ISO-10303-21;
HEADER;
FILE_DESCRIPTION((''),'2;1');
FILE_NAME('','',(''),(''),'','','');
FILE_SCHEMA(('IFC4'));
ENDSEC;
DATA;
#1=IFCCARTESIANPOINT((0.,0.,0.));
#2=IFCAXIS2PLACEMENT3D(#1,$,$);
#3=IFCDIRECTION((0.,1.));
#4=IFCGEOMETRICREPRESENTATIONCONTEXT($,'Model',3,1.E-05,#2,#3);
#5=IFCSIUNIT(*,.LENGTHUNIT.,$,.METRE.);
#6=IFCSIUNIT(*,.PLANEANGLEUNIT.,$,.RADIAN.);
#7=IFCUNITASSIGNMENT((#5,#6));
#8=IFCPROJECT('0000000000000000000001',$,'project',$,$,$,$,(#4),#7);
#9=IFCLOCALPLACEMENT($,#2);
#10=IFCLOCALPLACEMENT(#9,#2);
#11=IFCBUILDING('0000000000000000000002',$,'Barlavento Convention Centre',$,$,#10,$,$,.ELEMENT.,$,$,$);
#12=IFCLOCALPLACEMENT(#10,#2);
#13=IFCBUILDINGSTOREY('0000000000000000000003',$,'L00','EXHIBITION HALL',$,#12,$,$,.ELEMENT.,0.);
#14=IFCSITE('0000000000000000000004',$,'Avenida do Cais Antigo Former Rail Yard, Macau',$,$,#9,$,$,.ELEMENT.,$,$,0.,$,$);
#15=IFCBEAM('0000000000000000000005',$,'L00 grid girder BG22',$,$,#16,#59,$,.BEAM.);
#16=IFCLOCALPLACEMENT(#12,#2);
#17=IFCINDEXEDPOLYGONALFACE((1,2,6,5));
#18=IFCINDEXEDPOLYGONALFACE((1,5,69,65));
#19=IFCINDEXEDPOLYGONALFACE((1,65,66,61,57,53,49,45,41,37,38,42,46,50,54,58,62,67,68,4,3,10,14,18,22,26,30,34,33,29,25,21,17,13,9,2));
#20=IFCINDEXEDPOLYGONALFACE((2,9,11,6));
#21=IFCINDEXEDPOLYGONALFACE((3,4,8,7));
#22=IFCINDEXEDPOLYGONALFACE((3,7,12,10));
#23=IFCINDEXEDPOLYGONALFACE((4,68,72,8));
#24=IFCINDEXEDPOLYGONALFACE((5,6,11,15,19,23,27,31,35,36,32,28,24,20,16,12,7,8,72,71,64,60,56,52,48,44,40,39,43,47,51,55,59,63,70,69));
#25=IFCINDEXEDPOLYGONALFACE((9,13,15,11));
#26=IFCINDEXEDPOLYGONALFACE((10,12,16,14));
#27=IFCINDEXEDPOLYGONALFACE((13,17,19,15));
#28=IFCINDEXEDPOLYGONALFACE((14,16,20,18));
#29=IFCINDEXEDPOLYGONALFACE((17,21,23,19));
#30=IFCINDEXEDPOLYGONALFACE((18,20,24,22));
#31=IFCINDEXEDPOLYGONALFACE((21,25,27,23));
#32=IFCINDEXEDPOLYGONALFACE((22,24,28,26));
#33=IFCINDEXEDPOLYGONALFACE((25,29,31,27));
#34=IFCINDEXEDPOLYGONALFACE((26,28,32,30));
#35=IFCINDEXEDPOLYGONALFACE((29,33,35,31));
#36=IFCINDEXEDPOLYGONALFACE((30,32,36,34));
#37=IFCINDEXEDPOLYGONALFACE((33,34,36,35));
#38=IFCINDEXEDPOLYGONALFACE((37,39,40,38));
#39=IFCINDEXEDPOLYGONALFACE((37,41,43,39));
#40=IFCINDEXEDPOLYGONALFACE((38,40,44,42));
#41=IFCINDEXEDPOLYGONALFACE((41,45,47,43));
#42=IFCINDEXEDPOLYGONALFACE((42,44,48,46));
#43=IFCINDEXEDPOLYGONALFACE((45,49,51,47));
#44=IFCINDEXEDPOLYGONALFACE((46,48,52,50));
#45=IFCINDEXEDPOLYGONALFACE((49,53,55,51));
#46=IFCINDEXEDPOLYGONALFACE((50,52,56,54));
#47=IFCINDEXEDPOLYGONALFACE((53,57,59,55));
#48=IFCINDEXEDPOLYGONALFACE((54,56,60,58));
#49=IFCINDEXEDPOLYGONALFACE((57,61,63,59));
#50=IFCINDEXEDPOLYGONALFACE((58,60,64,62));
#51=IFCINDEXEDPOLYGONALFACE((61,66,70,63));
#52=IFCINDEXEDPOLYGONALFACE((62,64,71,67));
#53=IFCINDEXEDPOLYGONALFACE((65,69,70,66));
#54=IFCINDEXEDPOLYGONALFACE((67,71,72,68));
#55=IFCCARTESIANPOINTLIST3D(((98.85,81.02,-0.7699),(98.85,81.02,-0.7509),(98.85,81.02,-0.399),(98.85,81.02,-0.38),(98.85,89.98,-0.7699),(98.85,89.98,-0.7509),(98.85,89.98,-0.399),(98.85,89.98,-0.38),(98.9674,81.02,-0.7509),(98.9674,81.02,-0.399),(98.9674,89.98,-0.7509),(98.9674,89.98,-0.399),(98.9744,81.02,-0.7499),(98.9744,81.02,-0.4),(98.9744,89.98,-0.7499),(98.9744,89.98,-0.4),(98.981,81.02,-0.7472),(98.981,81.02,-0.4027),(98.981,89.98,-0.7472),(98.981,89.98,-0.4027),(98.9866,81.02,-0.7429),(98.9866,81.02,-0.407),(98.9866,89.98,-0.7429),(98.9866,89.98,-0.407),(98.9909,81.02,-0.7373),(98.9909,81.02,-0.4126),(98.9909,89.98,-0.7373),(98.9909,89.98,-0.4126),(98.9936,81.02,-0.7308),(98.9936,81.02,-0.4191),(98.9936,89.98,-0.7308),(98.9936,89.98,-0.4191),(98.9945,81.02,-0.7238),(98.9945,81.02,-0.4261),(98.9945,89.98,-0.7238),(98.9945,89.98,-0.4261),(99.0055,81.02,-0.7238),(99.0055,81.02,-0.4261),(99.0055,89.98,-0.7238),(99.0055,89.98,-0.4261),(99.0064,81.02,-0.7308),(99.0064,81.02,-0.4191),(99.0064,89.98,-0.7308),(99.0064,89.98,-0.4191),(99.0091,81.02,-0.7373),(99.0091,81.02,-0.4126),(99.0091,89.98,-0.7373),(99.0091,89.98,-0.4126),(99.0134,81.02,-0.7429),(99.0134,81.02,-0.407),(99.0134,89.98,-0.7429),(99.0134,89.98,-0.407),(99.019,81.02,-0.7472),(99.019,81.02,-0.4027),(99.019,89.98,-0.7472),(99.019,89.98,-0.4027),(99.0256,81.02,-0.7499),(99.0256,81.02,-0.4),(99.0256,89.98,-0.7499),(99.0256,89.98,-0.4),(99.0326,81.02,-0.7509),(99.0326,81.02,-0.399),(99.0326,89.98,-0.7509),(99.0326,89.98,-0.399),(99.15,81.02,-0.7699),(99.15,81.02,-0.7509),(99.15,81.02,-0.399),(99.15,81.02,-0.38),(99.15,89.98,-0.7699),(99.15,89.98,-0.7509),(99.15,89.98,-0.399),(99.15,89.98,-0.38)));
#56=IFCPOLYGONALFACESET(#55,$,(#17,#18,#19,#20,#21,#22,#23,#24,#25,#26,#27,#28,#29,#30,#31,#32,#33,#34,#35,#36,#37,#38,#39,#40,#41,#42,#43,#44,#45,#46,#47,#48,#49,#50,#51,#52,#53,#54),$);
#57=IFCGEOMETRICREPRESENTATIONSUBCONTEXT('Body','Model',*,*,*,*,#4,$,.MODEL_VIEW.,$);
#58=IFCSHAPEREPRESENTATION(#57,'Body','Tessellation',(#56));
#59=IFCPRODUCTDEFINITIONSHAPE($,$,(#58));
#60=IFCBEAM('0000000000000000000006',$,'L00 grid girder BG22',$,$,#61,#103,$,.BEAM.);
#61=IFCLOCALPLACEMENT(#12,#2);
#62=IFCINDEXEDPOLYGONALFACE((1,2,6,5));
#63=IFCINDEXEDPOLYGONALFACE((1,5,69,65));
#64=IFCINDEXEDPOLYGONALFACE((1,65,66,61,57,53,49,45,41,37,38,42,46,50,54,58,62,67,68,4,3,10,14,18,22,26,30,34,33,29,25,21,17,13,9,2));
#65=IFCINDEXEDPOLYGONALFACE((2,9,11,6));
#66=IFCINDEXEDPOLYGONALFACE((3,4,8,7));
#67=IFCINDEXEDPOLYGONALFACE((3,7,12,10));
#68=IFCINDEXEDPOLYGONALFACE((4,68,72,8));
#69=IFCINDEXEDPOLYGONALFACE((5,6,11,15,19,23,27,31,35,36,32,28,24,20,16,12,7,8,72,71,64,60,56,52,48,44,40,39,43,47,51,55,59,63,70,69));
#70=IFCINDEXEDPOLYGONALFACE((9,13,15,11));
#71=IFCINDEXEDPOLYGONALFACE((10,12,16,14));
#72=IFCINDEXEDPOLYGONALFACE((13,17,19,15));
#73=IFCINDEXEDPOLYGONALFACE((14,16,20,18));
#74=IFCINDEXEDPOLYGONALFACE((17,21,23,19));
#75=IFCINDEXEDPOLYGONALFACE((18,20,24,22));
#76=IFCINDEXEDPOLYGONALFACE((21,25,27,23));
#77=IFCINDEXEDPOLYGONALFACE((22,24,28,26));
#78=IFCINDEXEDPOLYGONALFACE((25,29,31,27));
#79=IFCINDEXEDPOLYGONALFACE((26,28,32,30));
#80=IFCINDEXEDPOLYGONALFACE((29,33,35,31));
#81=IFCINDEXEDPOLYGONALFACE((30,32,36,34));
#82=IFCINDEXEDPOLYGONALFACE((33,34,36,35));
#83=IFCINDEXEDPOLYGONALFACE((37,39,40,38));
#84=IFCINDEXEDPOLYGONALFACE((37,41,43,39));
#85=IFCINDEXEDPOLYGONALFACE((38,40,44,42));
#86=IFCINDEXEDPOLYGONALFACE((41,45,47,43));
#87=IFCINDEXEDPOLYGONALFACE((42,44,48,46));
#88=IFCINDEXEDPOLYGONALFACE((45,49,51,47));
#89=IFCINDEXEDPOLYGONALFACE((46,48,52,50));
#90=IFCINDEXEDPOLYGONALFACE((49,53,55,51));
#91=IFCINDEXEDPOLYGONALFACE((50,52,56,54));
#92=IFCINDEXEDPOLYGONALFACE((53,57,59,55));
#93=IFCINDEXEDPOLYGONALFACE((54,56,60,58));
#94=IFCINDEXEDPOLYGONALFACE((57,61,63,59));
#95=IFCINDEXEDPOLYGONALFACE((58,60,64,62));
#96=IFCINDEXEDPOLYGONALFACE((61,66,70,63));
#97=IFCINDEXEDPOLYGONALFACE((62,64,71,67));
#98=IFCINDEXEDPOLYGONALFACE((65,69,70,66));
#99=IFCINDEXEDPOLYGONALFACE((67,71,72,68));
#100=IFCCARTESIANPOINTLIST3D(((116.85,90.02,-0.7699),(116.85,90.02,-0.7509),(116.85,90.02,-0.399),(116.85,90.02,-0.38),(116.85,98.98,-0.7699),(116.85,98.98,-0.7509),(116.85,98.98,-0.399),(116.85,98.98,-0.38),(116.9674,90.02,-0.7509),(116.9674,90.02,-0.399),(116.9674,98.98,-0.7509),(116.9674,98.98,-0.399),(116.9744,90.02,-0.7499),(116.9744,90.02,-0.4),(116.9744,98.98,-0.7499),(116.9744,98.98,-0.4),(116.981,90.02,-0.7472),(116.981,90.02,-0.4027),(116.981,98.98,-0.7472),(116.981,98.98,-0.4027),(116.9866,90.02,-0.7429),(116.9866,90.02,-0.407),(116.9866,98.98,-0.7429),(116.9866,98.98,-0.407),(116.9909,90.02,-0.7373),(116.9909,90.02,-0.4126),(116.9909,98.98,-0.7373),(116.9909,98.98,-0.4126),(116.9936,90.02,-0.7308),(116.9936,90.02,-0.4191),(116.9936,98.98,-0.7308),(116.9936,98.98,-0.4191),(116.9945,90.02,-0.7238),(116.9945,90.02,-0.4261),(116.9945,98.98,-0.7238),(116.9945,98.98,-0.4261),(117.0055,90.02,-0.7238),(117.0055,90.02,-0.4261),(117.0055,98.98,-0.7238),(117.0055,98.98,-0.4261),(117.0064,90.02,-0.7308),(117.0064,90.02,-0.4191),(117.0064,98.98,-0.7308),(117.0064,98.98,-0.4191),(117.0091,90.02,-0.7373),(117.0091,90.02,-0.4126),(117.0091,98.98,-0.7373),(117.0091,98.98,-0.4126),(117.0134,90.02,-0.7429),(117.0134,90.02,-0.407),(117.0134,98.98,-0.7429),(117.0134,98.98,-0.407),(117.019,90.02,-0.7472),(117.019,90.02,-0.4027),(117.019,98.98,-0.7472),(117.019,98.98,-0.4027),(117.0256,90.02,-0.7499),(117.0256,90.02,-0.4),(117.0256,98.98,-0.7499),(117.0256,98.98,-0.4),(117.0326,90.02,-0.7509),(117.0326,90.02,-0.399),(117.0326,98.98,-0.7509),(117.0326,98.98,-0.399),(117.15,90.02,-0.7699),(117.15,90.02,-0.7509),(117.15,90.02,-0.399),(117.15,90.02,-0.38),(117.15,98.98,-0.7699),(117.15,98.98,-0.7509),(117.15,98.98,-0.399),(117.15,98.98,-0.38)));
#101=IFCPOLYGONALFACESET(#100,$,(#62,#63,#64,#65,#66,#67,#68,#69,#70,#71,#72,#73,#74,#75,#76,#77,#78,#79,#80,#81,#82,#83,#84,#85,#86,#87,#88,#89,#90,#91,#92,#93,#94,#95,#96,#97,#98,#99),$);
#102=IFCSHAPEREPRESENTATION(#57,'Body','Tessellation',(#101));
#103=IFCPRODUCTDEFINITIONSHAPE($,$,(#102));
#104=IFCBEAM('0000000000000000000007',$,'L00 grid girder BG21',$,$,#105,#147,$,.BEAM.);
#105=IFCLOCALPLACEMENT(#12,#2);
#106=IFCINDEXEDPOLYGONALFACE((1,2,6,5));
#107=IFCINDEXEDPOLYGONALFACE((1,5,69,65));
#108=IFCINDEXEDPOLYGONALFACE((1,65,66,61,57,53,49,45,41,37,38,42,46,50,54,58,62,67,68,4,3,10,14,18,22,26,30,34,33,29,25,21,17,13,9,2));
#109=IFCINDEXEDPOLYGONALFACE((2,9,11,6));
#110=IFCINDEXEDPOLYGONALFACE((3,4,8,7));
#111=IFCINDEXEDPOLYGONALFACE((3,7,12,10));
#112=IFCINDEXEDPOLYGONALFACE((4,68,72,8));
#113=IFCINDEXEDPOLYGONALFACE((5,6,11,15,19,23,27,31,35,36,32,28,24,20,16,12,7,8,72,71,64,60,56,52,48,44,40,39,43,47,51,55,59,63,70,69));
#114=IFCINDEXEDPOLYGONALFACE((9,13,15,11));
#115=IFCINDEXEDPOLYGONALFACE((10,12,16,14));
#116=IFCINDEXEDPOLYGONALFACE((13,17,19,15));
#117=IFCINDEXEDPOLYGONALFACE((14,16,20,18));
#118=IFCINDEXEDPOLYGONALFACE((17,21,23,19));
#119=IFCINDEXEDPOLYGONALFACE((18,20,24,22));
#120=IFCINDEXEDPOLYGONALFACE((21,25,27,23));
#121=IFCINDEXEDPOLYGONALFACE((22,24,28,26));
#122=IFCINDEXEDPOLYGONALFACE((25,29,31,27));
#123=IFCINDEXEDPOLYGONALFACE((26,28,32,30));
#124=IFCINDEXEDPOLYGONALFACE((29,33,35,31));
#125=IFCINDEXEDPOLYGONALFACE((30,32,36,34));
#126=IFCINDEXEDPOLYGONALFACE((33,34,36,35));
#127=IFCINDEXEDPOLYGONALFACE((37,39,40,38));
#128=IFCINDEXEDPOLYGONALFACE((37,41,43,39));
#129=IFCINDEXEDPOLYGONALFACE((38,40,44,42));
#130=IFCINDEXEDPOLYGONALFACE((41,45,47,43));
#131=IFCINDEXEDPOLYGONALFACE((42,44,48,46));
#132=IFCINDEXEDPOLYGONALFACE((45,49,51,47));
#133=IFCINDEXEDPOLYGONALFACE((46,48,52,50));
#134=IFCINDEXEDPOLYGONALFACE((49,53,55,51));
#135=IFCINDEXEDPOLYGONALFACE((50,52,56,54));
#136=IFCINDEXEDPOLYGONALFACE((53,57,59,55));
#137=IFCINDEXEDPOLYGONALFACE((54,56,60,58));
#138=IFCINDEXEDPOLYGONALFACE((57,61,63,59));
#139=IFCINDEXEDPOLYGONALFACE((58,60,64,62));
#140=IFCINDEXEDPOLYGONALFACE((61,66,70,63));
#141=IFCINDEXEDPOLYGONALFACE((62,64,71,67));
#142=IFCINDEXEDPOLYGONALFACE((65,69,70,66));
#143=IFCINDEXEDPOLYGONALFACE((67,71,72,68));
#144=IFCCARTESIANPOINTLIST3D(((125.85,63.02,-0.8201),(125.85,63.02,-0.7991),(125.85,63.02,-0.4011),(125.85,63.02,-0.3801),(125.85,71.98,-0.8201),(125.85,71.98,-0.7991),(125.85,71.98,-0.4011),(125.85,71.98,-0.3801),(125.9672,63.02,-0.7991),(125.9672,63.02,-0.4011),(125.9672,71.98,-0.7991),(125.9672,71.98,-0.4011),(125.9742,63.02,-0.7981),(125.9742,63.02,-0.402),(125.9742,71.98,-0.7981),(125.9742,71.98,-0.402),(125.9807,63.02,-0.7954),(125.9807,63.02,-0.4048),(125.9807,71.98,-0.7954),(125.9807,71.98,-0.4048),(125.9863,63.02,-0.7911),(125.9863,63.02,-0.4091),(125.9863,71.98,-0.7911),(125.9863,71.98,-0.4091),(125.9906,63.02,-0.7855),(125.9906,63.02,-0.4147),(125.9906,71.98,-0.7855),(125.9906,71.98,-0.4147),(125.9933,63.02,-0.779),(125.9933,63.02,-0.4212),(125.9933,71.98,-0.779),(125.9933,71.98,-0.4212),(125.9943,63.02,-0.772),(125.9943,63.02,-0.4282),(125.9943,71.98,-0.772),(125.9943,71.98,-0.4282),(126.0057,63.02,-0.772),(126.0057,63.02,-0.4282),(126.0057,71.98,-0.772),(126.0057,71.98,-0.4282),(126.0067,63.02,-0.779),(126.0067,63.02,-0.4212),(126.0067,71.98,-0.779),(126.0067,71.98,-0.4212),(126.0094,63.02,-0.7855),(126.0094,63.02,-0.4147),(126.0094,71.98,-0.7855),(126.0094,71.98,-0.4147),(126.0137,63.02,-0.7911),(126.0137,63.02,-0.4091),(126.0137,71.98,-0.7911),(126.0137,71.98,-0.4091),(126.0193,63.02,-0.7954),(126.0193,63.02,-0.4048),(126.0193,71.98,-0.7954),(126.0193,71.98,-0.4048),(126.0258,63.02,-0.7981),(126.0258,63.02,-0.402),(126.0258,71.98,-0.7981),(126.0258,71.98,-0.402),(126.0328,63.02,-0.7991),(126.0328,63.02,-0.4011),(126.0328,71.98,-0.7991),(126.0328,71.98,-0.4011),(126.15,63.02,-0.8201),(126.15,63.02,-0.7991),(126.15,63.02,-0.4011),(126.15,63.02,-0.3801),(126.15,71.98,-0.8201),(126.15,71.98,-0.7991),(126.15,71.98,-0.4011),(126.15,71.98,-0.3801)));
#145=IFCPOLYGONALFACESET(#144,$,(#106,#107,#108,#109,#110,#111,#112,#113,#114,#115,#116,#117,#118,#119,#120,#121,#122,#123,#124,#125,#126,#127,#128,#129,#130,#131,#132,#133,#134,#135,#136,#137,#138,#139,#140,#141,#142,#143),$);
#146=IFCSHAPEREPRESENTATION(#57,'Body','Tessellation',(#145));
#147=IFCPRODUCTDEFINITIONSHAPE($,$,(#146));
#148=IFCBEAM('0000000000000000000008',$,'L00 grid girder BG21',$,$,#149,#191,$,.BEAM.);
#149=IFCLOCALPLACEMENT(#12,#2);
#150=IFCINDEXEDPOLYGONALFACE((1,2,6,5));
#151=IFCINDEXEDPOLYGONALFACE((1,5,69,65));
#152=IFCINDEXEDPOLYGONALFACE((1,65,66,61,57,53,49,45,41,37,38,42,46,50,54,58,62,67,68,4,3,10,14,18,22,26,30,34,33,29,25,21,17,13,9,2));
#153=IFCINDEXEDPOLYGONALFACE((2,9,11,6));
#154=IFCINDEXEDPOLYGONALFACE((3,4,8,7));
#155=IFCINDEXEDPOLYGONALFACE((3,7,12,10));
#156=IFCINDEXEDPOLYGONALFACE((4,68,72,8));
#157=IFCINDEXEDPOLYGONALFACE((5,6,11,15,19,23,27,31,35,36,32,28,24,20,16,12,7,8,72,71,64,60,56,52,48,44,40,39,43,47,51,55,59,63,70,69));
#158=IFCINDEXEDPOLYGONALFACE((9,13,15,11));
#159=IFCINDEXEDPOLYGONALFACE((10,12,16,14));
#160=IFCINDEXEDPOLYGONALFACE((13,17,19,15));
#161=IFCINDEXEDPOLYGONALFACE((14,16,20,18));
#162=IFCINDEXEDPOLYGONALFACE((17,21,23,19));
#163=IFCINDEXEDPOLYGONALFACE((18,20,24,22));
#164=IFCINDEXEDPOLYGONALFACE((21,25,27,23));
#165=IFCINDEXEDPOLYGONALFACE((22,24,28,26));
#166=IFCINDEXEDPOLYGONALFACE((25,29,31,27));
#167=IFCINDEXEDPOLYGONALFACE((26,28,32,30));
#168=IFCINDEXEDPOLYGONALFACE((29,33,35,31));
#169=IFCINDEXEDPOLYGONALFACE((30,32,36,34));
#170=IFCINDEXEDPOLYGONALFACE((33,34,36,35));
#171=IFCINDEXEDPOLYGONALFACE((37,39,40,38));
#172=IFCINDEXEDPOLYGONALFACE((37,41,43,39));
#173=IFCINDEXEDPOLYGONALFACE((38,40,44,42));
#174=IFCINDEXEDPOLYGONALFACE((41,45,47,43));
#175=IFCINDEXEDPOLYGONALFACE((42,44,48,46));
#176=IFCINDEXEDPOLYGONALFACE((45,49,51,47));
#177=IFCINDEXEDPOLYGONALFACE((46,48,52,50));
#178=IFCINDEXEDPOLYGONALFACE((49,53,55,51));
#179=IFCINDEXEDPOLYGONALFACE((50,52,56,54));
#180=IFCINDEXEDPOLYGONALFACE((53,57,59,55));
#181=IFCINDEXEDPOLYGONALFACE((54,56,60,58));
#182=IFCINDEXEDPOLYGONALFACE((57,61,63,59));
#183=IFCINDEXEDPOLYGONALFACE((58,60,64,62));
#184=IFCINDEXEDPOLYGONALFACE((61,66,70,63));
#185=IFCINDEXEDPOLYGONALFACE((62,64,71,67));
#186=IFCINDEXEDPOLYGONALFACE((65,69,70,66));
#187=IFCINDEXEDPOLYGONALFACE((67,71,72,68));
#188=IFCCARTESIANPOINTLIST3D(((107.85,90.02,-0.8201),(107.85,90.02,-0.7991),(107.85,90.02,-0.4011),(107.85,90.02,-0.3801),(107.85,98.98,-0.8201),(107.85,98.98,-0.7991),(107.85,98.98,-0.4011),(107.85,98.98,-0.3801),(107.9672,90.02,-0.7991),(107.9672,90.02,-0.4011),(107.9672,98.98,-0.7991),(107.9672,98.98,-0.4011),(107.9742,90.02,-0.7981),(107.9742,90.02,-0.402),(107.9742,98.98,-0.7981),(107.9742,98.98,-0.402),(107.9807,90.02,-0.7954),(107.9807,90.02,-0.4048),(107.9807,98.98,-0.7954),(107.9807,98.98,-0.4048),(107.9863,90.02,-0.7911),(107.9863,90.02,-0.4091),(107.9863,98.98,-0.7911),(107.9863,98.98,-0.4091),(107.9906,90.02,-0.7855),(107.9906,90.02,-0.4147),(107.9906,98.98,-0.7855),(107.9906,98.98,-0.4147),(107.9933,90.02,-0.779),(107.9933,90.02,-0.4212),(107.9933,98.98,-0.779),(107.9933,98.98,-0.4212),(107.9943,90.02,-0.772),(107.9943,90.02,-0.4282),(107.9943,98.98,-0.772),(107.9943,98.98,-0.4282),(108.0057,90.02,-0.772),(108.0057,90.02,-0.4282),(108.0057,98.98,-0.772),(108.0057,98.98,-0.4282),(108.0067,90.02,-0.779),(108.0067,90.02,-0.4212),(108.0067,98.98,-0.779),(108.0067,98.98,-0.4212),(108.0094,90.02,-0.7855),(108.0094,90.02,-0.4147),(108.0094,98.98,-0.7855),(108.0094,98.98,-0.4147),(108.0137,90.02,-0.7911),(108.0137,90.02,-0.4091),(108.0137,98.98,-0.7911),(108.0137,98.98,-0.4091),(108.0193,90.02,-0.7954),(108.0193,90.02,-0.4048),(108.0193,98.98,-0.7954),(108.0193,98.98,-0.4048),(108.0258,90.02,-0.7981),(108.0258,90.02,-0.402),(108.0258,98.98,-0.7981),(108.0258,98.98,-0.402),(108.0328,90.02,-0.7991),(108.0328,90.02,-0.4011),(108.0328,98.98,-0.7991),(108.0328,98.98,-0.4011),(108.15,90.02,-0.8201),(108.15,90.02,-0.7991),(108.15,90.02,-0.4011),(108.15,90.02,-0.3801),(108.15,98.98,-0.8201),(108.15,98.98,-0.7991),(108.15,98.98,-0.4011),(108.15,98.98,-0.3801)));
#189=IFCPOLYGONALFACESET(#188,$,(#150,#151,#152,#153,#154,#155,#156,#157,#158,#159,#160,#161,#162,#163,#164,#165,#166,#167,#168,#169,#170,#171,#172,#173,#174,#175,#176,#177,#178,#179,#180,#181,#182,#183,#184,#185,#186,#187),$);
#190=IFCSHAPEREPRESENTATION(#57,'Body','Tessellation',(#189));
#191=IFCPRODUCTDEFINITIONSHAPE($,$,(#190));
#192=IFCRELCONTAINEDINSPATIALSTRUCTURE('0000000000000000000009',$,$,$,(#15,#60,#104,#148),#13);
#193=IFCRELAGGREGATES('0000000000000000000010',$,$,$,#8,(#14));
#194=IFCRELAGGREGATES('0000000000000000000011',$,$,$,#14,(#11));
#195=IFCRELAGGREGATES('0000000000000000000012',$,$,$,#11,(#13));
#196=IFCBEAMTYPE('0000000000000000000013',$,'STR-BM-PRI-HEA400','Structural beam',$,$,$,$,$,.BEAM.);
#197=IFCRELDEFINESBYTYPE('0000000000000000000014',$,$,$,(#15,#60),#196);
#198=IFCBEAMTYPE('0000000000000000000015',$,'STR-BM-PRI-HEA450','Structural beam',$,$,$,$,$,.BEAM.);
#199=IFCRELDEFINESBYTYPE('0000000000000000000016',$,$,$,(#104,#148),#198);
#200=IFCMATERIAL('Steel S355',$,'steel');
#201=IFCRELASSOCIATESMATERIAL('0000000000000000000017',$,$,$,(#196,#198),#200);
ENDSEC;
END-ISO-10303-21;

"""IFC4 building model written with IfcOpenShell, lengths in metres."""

from ifc_helpers import new_model, si_unit, direction, frame, origin, origin_2d, place, context, subcontext, project, spatial, i_section, extrude, material, material_profile, profile_set, type_object, element, save


model = new_model("IFC4")

# Units and contexts
model_context = context("Model", 3, precision=1e-05, world=origin(), true_north=direction((0.0, 1.0)))
body_context = subcontext(model_context, "Body", "Model", "MODEL_VIEW")
ifc_project = project(units=[si_unit("LENGTHUNIT", "METRE"), si_unit("PLANEANGLEUNIT", "RADIAN")], contexts=[model_context])

# Site, building, storey
site_placement = place(None, origin())
site = spatial("IfcSite", under=ifc_project, at=site_placement, Name="Avenida do Cais Antigo Former Rail Yard, Macau", CompositionType="ELEMENT", RefElevation=0.0)
building_placement = place(site_placement, origin())
building = spatial("IfcBuilding", under=site, at=building_placement, Name="Barlavento Convention Centre", CompositionType="ELEMENT")
storey_placement = place(building_placement, origin())
storey = spatial("IfcBuildingStorey", under=building, at=storey_placement, Name="L00", Description="EXHIBITION HALL", CompositionType="ELEMENT", Elevation=0.0)

# Beams
ifc_material_1 = material(Name="Steel S355", Category="steel")
ifc_material_profile_1 = material_profile(ifc_material_1, i_section(OverallWidth=0.3, OverallDepth=0.3899, WebThickness=0.011, FlangeThickness=0.019, FilletRadius=0.0271, at=origin_2d()), Name="HEA 400")
ifc_profile_set_1 = profile_set([ifc_material_profile_1], Name="Steel S355")
beam_type_1 = type_object("IfcBeamType", Name="STR-BM-PRI-HEA400", Description="Structural beam", PredefinedType="BEAM", material=ifc_profile_set_1)
for number, where, z_axis, x_axis, name in (
    (1, (99.0, 81.02, -0.575), (0.0, 1.0, 0.0), (-1.0, 0.0, 0.0), "L00 grid girder BG22"),
    (2, (117.0, 90.02, -0.575), (0.0, 1.0, 0.0), (-1.0, 0.0, 0.0), "L00 grid girder BG22"),
):
    element("IfcBeam", number, at=place(storey_placement, frame(where, z_axis=z_axis, x_axis=x_axis)), inside=storey, type_object=beam_type_1, Name=name, PredefinedType="BEAM", context=body_context, shape_type="SweptSolid", body=[
        extrude(i_section(OverallWidth=0.3, OverallDepth=0.3899, WebThickness=0.011, FlangeThickness=0.019, FilletRadius=0.0271, at=origin_2d()), origin(), (0.0, 0.0, 1.0), 8.96),
    ])
ifc_material_profile_2 = material_profile(ifc_material_1, i_section(OverallWidth=0.3, OverallDepth=0.4399, WebThickness=0.0115, FlangeThickness=0.021, FilletRadius=0.0271, at=origin_2d()), Name="HEA 450")
ifc_profile_set_2 = profile_set([ifc_material_profile_2], Name="Steel S355")
beam_type_2 = type_object("IfcBeamType", Name="STR-BM-PRI-HEA450", Description="Structural beam", PredefinedType="BEAM", material=ifc_profile_set_2)
for number, where, z_axis, x_axis, name in (
    (3, (126.0, 63.02, -0.6001), (0.0, 1.0, 0.0), (-1.0, 0.0, 0.0), "L00 grid girder BG21"),
    (4, (108.0, 90.02, -0.6001), (0.0, 1.0, 0.0), (-1.0, 0.0, 0.0), "L00 grid girder BG21"),
):
    element("IfcBeam", number, at=place(storey_placement, frame(where, z_axis=z_axis, x_axis=x_axis)), inside=storey, type_object=beam_type_2, Name=name, PredefinedType="BEAM", context=body_context, shape_type="SweptSolid", body=[
        extrude(i_section(OverallWidth=0.3, OverallDepth=0.4399, WebThickness=0.0115, FlangeThickness=0.021, FilletRadius=0.0271, at=origin_2d()), origin(), (0.0, 0.0, 1.0), 8.96),
    ])

save(model, "model.ifc")
